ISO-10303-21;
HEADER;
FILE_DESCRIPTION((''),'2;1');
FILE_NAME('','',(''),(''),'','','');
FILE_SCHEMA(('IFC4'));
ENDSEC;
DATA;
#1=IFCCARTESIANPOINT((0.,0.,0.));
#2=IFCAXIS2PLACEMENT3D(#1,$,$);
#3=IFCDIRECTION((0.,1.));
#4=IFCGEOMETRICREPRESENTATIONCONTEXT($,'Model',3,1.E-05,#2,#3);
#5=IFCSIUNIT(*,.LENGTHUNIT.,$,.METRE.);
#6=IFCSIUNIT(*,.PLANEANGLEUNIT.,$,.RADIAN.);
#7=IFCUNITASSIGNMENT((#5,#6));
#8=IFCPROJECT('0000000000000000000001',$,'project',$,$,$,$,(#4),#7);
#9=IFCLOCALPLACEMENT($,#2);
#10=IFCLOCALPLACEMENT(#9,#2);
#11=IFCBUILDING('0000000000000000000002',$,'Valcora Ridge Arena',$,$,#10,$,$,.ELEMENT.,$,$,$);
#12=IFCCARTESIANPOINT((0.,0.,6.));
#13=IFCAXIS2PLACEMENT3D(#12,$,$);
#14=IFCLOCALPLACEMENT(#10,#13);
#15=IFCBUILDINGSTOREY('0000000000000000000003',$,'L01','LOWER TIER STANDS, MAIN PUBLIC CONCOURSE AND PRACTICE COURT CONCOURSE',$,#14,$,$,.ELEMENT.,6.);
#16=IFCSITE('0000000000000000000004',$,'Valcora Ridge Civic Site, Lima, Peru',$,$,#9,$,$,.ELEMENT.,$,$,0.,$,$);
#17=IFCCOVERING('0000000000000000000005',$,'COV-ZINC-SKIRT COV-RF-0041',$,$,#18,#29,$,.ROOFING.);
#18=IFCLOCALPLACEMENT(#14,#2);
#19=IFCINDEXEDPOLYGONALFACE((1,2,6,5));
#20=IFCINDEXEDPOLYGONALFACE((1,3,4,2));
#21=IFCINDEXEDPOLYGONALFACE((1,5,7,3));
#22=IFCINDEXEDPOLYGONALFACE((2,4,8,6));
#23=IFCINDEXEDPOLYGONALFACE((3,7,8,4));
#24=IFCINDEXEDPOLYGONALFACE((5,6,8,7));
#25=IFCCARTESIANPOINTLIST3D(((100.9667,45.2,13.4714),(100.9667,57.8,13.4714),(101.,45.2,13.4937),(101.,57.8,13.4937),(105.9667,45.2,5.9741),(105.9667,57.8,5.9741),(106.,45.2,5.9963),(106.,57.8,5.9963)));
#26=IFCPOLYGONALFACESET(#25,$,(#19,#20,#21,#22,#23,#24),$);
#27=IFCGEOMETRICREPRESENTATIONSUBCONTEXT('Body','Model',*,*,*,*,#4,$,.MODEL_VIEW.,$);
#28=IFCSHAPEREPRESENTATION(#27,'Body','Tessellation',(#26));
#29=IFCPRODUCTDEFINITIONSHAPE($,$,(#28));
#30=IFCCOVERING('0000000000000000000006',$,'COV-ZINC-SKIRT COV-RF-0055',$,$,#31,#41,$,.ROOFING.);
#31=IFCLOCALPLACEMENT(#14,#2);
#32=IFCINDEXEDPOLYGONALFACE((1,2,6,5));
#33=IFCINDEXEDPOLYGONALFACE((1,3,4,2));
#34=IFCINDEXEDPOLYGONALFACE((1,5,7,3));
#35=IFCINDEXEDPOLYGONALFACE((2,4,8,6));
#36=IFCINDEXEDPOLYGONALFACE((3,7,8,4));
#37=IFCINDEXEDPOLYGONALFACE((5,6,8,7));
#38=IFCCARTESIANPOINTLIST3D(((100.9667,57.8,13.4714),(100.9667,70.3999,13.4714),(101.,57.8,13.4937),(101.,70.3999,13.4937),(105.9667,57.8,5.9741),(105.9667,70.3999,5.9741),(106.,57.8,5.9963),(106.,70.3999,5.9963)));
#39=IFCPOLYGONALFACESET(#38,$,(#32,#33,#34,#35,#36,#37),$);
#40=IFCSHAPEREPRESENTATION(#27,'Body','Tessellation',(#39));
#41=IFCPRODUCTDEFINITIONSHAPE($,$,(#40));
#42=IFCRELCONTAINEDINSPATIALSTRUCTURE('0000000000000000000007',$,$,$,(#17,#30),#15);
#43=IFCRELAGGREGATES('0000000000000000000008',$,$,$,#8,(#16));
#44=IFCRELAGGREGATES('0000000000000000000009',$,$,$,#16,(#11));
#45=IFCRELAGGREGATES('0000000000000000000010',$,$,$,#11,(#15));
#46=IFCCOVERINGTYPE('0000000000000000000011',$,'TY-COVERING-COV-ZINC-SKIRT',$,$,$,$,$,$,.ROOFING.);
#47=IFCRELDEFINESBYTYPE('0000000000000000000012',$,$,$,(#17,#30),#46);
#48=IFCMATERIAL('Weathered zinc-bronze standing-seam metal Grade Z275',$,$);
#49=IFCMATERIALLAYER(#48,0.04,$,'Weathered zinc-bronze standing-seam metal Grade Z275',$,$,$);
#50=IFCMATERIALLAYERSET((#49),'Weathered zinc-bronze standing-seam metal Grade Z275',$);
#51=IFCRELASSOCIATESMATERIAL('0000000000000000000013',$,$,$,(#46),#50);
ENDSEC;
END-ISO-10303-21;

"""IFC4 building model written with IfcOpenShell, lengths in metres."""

from ifc_helpers import new_model, si_unit, direction, frame, origin, place, context, subcontext, project, spatial, polyline, outline, extrude, material, layer, layer_set, type_object, element, save


model = new_model("IFC4")

# Units and contexts
model_context = context("Model", 3, precision=1e-05, world=origin(), true_north=direction((0.0, 1.0)))
body_context = subcontext(model_context, "Body", "Model", "MODEL_VIEW")
ifc_project = project(units=[si_unit("LENGTHUNIT", "METRE"), si_unit("PLANEANGLEUNIT", "RADIAN")], contexts=[model_context])

# Site, building, storey
site_placement = place(None, origin())
site = spatial("IfcSite", under=ifc_project, at=site_placement, Name="Valcora Ridge Civic Site, Lima, Peru", CompositionType="ELEMENT", RefElevation=0.0)
building_placement = place(site_placement, origin())
building = spatial("IfcBuilding", under=site, at=building_placement, Name="Valcora Ridge Arena", CompositionType="ELEMENT")
storey_placement = place(building_placement, frame((0.0, 0.0, 6.0)))
storey = spatial("IfcBuildingStorey", under=building, at=storey_placement, Name="L01", Description="LOWER TIER STANDS, MAIN PUBLIC CONCOURSE AND PRACTICE COURT CONCOURSE", CompositionType="ELEMENT", Elevation=6.0)

# Coverings
ifc_material_1 = material(Name="Weathered zinc-bronze standing-seam metal Grade Z275")
ifc_layer_1 = layer(ifc_material_1, 0.04, Name="Weathered zinc-bronze standing-seam metal Grade Z275")
ifc_layer_set_1 = layer_set([ifc_layer_1], Name="Weathered zinc-bronze standing-seam metal Grade Z275")
covering_type = type_object("IfcCoveringType", Name="TY-COVERING-COV-ZINC-SKIRT", PredefinedType="ROOFING", material=ifc_layer_set_1)
covering_1_placement = place(storey_placement, frame((101.0, 45.2, 13.4937), z_axis=(0.831959, 0.0, 0.554838), x_axis=(0.554838, 0.0, -0.831959)))
element("IfcCovering", 1, at=covering_1_placement, inside=storey, type_object=covering_type, Name="COV-ZINC-SKIRT COV-RF-0041", PredefinedType="ROOFING", context=body_context, shape_type="SweptSolid", body=[
    extrude(outline(polyline([(0.0, 0.0), (9.0116, 0.0), (9.0116, 12.6001), (0.0, 12.6001), (0.0, 0.0)])), origin(), (0.0, 0.0, -1.0), 0.04),
])
covering_2_placement = place(storey_placement, frame((101.0, 57.8, 13.4937), z_axis=(0.831959, 0.0, 0.554838), x_axis=(0.554838, 0.0, -0.831959)))
element("IfcCovering", 2, at=covering_2_placement, inside=storey, type_object=covering_type, Name="COV-ZINC-SKIRT COV-RF-0055", PredefinedType="ROOFING", context=body_context, shape_type="SweptSolid", body=[
    extrude(outline(polyline([(0.0, 0.0), (9.0116, 0.0), (9.0116, 12.5999), (0.0, 12.5999), (0.0, 0.0)])), origin(), (0.0, 0.0, -1.0), 0.04),
])

save(model, "model.ifc")
